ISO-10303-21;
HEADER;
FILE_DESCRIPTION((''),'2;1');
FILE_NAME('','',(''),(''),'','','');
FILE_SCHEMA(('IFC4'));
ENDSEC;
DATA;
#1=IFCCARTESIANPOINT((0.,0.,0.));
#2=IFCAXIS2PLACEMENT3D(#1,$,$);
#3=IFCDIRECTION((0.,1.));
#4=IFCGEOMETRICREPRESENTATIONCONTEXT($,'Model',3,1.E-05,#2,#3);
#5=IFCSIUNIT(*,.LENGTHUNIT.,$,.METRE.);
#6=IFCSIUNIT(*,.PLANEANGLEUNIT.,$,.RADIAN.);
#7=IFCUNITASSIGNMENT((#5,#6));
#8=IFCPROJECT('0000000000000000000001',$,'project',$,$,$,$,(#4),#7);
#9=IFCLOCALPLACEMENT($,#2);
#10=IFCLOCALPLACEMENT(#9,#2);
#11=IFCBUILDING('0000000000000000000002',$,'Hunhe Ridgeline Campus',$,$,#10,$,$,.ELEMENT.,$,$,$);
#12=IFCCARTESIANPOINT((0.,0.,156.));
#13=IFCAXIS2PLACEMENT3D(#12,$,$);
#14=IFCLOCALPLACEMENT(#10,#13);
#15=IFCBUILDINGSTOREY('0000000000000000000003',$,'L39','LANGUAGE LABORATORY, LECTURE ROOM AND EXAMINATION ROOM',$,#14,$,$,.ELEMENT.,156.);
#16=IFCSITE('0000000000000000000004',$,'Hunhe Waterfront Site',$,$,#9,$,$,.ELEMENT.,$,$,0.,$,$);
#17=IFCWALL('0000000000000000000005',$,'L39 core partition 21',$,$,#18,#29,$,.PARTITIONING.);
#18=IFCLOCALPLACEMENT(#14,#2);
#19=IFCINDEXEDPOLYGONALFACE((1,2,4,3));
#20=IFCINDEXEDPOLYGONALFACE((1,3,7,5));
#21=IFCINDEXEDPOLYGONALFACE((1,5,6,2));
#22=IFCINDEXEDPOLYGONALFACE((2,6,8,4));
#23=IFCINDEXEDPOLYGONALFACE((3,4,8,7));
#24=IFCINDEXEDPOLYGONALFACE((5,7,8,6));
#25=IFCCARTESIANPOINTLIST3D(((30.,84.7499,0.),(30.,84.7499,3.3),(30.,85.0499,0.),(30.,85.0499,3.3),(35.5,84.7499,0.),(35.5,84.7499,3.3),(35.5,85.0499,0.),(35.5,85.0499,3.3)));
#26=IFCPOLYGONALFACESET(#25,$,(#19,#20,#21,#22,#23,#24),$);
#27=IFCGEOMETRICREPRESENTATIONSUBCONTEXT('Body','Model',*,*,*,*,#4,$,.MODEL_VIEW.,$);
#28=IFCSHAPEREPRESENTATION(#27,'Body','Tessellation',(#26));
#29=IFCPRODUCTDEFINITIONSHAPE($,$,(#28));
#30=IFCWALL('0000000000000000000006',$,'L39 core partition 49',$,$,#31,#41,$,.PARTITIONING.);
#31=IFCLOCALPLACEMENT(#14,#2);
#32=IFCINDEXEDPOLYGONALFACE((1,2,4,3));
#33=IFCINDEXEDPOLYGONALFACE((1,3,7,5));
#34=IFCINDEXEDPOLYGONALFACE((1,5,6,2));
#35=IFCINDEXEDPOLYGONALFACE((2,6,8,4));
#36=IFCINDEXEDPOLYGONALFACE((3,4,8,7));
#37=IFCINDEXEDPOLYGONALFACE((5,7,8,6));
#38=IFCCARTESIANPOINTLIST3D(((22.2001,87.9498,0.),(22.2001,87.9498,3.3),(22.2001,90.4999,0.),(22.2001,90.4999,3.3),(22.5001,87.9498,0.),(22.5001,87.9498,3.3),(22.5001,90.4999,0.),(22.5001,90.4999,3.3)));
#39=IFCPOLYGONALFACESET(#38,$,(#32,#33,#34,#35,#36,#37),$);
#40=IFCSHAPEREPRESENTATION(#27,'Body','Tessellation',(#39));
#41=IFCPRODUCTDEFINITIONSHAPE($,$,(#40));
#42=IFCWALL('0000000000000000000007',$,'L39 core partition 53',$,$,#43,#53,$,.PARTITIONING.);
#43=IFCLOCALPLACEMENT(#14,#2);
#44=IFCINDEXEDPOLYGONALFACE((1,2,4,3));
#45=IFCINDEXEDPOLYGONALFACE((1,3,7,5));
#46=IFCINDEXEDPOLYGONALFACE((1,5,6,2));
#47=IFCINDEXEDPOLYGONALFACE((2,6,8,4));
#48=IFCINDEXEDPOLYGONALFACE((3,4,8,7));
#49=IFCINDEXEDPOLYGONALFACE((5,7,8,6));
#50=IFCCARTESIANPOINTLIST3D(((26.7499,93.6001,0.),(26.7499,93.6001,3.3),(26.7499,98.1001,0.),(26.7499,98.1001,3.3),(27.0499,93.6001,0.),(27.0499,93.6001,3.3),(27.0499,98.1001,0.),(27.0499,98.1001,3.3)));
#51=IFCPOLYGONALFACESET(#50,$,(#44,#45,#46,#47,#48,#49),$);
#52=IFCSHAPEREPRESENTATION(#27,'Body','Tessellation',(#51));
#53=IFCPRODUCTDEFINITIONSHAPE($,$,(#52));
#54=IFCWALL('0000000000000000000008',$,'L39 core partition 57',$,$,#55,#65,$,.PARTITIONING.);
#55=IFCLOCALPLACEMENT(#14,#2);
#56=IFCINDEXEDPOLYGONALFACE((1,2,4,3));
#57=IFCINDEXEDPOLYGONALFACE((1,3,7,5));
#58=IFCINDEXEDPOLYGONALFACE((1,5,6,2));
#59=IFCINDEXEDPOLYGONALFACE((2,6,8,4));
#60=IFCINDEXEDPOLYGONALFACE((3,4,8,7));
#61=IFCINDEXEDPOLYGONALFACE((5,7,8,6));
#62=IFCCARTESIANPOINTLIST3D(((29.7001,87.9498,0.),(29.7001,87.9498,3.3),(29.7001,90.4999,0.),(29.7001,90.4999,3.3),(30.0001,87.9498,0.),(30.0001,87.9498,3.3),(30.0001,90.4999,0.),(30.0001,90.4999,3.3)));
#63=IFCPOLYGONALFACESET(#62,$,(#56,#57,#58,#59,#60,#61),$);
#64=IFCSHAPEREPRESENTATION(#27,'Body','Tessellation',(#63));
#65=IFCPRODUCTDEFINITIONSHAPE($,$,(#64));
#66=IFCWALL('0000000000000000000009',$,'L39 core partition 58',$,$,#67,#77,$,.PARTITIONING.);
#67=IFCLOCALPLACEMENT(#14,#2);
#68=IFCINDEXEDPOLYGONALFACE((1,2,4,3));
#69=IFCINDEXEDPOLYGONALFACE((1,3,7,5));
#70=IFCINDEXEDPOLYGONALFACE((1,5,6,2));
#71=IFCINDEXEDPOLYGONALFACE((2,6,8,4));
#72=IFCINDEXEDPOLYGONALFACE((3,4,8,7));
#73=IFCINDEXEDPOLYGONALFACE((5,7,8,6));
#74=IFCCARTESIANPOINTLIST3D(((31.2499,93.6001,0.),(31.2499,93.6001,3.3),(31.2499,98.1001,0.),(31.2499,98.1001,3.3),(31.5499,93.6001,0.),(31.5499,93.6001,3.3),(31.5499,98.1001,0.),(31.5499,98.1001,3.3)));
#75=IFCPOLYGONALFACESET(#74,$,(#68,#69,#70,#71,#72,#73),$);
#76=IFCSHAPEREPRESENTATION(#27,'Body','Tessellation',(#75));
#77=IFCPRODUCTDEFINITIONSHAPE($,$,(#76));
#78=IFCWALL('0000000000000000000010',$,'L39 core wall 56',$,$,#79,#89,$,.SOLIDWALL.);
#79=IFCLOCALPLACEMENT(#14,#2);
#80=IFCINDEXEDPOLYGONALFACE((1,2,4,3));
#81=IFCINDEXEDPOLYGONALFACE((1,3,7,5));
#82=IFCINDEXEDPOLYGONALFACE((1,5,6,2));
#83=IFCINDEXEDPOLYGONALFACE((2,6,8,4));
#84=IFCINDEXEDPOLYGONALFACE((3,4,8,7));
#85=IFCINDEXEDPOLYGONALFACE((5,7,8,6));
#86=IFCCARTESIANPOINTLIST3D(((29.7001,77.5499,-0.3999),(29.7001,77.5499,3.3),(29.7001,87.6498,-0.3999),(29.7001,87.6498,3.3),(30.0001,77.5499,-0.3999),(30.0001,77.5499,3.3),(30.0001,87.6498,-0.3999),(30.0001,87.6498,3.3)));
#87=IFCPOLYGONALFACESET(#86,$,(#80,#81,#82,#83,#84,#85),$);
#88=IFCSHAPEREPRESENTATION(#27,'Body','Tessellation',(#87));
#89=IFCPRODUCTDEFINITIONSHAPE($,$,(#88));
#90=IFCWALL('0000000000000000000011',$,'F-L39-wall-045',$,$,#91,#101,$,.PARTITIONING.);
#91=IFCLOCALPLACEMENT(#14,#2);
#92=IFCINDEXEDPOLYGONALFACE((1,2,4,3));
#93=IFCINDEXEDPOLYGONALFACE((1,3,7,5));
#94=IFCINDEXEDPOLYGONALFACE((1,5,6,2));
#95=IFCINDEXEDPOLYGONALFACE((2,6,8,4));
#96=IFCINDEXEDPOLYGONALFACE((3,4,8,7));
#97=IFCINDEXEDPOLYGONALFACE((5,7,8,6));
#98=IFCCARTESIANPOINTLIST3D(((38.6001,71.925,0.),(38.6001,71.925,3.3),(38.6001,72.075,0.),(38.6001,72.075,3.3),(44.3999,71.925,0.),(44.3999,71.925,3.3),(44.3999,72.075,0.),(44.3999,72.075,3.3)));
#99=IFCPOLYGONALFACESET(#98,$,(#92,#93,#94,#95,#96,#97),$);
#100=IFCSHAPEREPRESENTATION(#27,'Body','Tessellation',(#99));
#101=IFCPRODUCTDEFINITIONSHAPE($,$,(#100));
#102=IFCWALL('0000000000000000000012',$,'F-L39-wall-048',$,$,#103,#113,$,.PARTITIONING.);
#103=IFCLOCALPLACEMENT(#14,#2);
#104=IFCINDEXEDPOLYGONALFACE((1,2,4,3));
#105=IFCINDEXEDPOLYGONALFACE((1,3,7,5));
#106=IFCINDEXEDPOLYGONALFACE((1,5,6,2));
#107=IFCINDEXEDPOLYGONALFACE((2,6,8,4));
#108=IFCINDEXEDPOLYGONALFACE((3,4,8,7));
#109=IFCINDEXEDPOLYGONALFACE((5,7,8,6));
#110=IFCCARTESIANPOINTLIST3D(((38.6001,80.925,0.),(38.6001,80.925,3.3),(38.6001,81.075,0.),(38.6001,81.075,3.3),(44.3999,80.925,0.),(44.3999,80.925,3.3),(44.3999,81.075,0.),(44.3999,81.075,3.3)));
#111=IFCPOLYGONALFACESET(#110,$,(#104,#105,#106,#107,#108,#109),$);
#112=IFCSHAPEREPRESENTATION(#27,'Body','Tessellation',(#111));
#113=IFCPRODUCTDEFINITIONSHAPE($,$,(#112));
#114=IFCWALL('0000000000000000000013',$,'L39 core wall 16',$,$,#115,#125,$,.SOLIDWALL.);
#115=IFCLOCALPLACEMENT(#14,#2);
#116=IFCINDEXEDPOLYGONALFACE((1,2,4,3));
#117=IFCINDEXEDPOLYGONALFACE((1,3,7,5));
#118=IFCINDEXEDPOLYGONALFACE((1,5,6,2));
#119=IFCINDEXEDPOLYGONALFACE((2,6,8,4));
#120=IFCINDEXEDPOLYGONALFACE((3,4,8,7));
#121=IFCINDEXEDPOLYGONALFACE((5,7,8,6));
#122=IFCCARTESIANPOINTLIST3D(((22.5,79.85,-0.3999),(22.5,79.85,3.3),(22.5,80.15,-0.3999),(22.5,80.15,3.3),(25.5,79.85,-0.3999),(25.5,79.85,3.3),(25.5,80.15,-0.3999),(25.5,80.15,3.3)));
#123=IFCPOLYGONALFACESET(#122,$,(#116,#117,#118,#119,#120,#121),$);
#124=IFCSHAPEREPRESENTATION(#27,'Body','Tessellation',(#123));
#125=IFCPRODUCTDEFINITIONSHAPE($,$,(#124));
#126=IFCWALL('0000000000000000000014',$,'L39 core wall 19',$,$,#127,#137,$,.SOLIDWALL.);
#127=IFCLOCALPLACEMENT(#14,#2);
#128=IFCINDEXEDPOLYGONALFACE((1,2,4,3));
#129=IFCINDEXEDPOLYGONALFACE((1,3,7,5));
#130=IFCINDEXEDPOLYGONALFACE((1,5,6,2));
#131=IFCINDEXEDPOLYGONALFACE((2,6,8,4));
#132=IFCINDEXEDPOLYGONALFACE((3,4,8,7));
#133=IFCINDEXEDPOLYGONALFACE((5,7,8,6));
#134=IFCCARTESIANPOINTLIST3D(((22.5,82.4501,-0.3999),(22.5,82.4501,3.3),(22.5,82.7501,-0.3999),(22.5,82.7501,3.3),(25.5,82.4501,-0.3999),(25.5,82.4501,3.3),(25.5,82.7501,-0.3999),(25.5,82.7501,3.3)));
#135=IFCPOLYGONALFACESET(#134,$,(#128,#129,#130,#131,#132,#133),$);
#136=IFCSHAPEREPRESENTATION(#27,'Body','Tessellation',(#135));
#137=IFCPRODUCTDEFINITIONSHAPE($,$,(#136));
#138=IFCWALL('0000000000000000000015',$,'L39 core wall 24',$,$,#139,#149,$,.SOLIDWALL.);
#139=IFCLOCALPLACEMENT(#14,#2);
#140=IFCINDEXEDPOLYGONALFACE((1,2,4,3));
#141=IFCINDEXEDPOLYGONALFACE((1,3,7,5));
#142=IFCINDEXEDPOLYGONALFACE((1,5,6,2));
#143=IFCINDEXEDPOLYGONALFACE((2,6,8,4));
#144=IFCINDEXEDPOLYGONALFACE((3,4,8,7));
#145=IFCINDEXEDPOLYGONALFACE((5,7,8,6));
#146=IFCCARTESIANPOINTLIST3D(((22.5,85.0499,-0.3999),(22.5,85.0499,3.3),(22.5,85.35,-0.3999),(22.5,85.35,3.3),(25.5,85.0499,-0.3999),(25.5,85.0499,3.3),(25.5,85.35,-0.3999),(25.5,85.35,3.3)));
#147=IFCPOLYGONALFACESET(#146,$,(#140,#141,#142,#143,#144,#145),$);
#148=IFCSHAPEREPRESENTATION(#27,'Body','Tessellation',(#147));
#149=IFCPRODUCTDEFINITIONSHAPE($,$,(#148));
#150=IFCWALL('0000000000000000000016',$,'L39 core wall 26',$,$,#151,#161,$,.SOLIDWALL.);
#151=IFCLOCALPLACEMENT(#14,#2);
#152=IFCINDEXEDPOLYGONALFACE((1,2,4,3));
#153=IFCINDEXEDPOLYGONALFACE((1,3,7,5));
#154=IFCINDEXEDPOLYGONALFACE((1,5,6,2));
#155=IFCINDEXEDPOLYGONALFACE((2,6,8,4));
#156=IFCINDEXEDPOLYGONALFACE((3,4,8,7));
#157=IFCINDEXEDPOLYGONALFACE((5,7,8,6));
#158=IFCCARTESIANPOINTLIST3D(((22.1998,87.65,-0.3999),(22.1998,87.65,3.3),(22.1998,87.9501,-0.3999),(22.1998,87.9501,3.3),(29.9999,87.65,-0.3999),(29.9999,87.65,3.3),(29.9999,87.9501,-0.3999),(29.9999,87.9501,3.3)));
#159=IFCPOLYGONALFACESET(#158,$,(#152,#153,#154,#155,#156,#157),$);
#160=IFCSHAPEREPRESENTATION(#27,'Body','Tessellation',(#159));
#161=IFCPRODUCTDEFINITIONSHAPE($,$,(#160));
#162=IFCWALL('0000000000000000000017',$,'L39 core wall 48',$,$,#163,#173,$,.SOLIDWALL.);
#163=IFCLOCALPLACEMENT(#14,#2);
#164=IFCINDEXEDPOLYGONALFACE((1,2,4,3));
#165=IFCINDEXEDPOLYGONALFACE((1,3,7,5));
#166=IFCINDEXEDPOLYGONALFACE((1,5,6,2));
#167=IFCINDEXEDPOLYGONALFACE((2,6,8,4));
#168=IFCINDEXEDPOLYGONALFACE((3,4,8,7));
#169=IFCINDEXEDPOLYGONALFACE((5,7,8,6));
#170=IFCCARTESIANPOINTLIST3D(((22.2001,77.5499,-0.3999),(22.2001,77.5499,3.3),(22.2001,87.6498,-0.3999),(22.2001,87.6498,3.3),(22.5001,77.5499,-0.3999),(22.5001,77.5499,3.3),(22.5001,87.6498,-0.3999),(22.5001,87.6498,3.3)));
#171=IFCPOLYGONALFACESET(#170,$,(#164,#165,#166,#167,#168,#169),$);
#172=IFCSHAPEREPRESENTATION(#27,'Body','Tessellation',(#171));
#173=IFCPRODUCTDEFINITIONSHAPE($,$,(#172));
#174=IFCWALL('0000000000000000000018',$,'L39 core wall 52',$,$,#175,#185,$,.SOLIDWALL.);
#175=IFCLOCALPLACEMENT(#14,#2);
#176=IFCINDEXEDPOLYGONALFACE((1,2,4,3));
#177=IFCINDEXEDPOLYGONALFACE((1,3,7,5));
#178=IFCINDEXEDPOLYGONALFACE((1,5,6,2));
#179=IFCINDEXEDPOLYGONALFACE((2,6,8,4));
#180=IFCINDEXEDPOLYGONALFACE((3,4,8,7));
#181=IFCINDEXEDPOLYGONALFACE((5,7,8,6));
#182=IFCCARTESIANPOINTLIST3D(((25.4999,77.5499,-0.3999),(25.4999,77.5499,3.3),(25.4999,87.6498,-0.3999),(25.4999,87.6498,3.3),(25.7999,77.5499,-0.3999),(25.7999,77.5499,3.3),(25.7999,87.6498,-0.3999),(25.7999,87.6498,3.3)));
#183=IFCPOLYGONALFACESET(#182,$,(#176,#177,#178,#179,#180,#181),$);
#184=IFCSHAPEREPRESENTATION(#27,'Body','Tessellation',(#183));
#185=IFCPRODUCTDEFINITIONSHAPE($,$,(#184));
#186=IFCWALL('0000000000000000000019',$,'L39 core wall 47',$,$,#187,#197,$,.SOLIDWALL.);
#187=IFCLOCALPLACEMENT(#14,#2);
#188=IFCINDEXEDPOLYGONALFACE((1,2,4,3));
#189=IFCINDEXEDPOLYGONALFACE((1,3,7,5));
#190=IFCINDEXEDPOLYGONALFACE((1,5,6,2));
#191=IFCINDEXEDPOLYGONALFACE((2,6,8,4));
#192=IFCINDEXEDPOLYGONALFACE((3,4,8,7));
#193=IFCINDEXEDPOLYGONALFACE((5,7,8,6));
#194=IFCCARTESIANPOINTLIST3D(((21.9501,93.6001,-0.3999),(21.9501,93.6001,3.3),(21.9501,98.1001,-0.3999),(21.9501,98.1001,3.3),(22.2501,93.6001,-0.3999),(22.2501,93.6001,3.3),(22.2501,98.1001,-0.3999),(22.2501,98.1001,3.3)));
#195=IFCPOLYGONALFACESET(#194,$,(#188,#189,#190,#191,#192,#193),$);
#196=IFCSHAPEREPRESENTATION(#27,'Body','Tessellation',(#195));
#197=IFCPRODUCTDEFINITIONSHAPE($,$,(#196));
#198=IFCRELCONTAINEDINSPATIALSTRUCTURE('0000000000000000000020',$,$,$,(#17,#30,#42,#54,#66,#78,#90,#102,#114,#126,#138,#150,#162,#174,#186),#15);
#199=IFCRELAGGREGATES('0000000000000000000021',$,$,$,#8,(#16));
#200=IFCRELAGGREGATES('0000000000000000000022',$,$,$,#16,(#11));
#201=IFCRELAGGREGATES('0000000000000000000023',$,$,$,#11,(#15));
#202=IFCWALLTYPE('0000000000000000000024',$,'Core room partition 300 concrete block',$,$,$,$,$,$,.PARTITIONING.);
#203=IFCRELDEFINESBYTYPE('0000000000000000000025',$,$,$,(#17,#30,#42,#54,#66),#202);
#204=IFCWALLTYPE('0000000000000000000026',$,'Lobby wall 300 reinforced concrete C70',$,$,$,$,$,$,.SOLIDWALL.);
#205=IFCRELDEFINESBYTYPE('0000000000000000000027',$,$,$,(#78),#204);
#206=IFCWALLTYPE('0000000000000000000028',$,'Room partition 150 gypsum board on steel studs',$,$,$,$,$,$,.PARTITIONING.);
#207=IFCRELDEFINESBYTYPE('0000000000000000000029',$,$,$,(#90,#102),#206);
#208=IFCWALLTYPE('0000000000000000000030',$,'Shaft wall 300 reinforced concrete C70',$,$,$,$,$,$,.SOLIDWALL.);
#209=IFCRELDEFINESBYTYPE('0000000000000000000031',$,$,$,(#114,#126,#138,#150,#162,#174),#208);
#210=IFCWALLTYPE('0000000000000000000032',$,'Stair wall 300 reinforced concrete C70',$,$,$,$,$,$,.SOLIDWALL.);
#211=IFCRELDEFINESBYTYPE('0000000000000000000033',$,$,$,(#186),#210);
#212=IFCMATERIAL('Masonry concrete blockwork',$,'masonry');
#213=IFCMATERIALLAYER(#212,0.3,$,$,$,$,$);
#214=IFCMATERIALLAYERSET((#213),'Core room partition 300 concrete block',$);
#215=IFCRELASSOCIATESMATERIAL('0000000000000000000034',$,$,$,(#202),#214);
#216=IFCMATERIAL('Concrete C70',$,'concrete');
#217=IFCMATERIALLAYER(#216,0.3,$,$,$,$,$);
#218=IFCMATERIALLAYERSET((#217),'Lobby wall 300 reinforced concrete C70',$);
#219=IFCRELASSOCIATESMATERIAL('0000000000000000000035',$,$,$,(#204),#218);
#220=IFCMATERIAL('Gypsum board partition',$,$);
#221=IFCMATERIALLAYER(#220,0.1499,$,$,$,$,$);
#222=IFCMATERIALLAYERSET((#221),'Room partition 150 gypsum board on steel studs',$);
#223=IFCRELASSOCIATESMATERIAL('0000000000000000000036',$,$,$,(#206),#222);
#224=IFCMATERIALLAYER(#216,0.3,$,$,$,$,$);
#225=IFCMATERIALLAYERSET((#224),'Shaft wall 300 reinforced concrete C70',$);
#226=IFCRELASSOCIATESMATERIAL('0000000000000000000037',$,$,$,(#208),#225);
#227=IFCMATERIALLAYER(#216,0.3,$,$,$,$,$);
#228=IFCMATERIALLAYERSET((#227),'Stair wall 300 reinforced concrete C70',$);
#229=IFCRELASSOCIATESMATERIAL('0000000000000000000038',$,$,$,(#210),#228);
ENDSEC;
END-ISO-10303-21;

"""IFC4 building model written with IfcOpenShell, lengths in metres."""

from ifc_helpers import new_model, si_unit, direction, frame, frame_2d, origin, place, context, subcontext, project, spatial, rectangle, extrude, material, layer, layer_set, type_object, element, save


model = new_model("IFC4")

# Units and contexts
model_context = context("Model", 3, precision=1e-05, world=origin(), true_north=direction((0.0, 1.0)))
body_context = subcontext(model_context, "Body", "Model", "MODEL_VIEW")
ifc_project = project(units=[si_unit("LENGTHUNIT", "METRE"), si_unit("PLANEANGLEUNIT", "RADIAN")], contexts=[model_context])

# Site, building, storey
site_placement = place(None, origin())
site = spatial("IfcSite", under=ifc_project, at=site_placement, Name="Hunhe Waterfront Site", CompositionType="ELEMENT", RefElevation=0.0)
building_placement = place(site_placement, origin())
building = spatial("IfcBuilding", under=site, at=building_placement, Name="Hunhe Ridgeline Campus", CompositionType="ELEMENT")
storey_placement = place(building_placement, frame((0.0, 0.0, 156.0)))
storey = spatial("IfcBuildingStorey", under=building, at=storey_placement, Name="L39", Description="LANGUAGE LABORATORY, LECTURE ROOM AND EXAMINATION ROOM", CompositionType="ELEMENT", Elevation=156.0)

# Shared definitions
ifc_material_1 = material(Name="Masonry concrete blockwork", Category="masonry")
ifc_layer_1 = layer(ifc_material_1, 0.3)
ifc_layer_set_1 = layer_set([ifc_layer_1], Name="Core room partition 300 concrete block")
wall_type_1 = type_object("IfcWallType", Name="Core room partition 300 concrete block", PredefinedType="PARTITIONING", material=ifc_layer_set_1)

# Walls
wall_1_placement = place(storey_placement, frame((30.0, 84.8999, 0.0), z_axis=(0.0, 0.0, 1.0), x_axis=(1.0, 0.0, 0.0)))
element("IfcWall", 1, at=wall_1_placement, inside=storey, type_object=wall_type_1, Name="L39 core partition 21", PredefinedType="PARTITIONING", context=body_context, shape_type="SweptSolid", body=[
    extrude(rectangle(XDim=5.5, YDim=0.3, at=frame_2d((2.75, 0.0))), origin(), (0.0, 0.0, 1.0), 3.3),
])
wall_2_placement = place(storey_placement, frame((22.3501, 87.95, 0.0), z_axis=(0.0, 0.0, 1.0), x_axis=(0.0, 1.0, 0.0)))
element("IfcWall", 2, at=wall_2_placement, inside=storey, type_object=wall_type_1, Name="L39 core partition 49", PredefinedType="PARTITIONING", context=body_context, shape_type="SweptSolid", body=[
    extrude(rectangle(XDim=2.55, YDim=0.3, at=frame_2d((1.2749, 0.0))), origin(), (0.0, 0.0, 1.0), 3.3),
])
wall_3_placement = place(storey_placement, frame((26.8999, 93.6001, 0.0), z_axis=(0.0, 0.0, 1.0), x_axis=(0.0, 1.0, 0.0)))
element("IfcWall", 3, at=wall_3_placement, inside=storey, type_object=wall_type_1, Name="L39 core partition 53", PredefinedType="PARTITIONING", context=body_context, shape_type="SweptSolid", body=[
    extrude(rectangle(XDim=4.5, YDim=0.3, at=frame_2d((2.25, 0.0))), origin(), (0.0, 0.0, 1.0), 3.3),
])
wall_4_placement = place(storey_placement, frame((29.8501, 87.95, 0.0), z_axis=(0.0, 0.0, 1.0), x_axis=(0.0, 1.0, 0.0)))
element("IfcWall", 4, at=wall_4_placement, inside=storey, type_object=wall_type_1, Name="L39 core partition 57", PredefinedType="PARTITIONING", context=body_context, shape_type="SweptSolid", body=[
    extrude(rectangle(XDim=2.55, YDim=0.3, at=frame_2d((1.2749, 0.0))), origin(), (0.0, 0.0, 1.0), 3.3),
])
wall_5_placement = place(storey_placement, frame((31.3999, 93.6001, 0.0), z_axis=(0.0, 0.0, 1.0), x_axis=(0.0, 1.0, 0.0)))
element("IfcWall", 5, at=wall_5_placement, inside=storey, type_object=wall_type_1, Name="L39 core partition 58", PredefinedType="PARTITIONING", context=body_context, shape_type="SweptSolid", body=[
    extrude(rectangle(XDim=4.5, YDim=0.3, at=frame_2d((2.25, 0.0))), origin(), (0.0, 0.0, 1.0), 3.3),
])

# Shared definitions
ifc_material_2 = material(Name="Gypsum board partition")

# Walls
ifc_material_3 = material(Name="Concrete C70", Category="concrete")
ifc_layer_2 = layer(ifc_material_3, 0.3)
ifc_layer_set_2 = layer_set([ifc_layer_2], Name="Lobby wall 300 reinforced concrete C70")
wall_type_2 = type_object("IfcWallType", Name="Lobby wall 300 reinforced concrete C70", PredefinedType="SOLIDWALL", material=ifc_layer_set_2)
wall_6_placement = place(storey_placement, frame((29.8501, 77.55, -0.3999), z_axis=(0.0, 0.0, 1.0), x_axis=(0.0, 1.0, 0.0)))
element("IfcWall", 6, at=wall_6_placement, inside=storey, type_object=wall_type_2, Name="L39 core wall 56", PredefinedType="SOLIDWALL", context=body_context, shape_type="SweptSolid", body=[
    extrude(rectangle(XDim=10.0999, YDim=0.3, at=frame_2d((5.0498, 0.0))), origin(), (0.0, 0.0, 1.0), 3.7),
])
ifc_layer_3 = layer(ifc_material_2, 0.1499)
ifc_layer_set_3 = layer_set([ifc_layer_3], Name="Room partition 150 gypsum board on steel studs")
wall_type_3 = type_object("IfcWallType", Name="Room partition 150 gypsum board on steel studs", PredefinedType="PARTITIONING", material=ifc_layer_set_3)
for number, where, z_axis, x_axis, name in (
    (7, (38.6001, 72.0, 0.0), (0.0, 0.0, 1.0), (1.0, 0.0, 0.0), "F-L39-wall-045"),
    (8, (38.6001, 81.0, 0.0), (0.0, 0.0, 1.0), (1.0, 0.0, 0.0), "F-L39-wall-048"),
):
    element("IfcWall", number, at=place(storey_placement, frame(where, z_axis=z_axis, x_axis=x_axis)), inside=storey, type_object=wall_type_3, Name=name, PredefinedType="PARTITIONING", context=body_context, shape_type="SweptSolid", body=[
        extrude(rectangle(XDim=5.7998, YDim=0.1499, at=frame_2d((2.8999, 0.0))), origin(), (0.0, 0.0, 1.0), 3.3),
    ])
ifc_layer_4 = layer(ifc_material_3, 0.3)
ifc_layer_set_4 = layer_set([ifc_layer_4], Name="Shaft wall 300 reinforced concrete C70")
wall_type_4 = type_object("IfcWallType", Name="Shaft wall 300 reinforced concrete C70", PredefinedType="SOLIDWALL", material=ifc_layer_set_4)
for number, where, z_axis, x_axis, name in (
    (9, (22.5, 80.0, -0.3999), (0.0, 0.0, 1.0), (1.0, 0.0, 0.0), "L39 core wall 16"),
    (10, (22.5, 82.6001, -0.3999), (0.0, 0.0, 1.0), (1.0, 0.0, 0.0), "L39 core wall 19"),
    (11, (22.5, 85.2, -0.3999), (0.0, 0.0, 1.0), (1.0, 0.0, 0.0), "L39 core wall 24"),
):
    element("IfcWall", number, at=place(storey_placement, frame(where, z_axis=z_axis, x_axis=x_axis)), inside=storey, type_object=wall_type_4, Name=name, PredefinedType="SOLIDWALL", context=body_context, shape_type="SweptSolid", body=[
        extrude(rectangle(XDim=3.0, YDim=0.3, at=frame_2d((1.5, 0.0))), origin(), (0.0, 0.0, 1.0), 3.7),
    ])
wall_7_placement = place(storey_placement, frame((22.2, 87.8, -0.3999), z_axis=(0.0, 0.0, 1.0), x_axis=(1.0, 0.0, 0.0)))
element("IfcWall", 12, at=wall_7_placement, inside=storey, type_object=wall_type_4, Name="L39 core wall 26", PredefinedType="SOLIDWALL", context=body_context, shape_type="SweptSolid", body=[
    extrude(rectangle(XDim=7.8, YDim=0.3, at=frame_2d((3.8999, 0.0))), origin(), (0.0, 0.0, 1.0), 3.7),
])
for number, where, z_axis, x_axis, name in (
    (13, (22.3501, 77.55, -0.3999), (0.0, 0.0, 1.0), (0.0, 1.0, 0.0), "L39 core wall 48"),
    (14, (25.6499, 77.55, -0.3999), (0.0, 0.0, 1.0), (0.0, 1.0, 0.0), "L39 core wall 52"),
):
    element("IfcWall", number, at=place(storey_placement, frame(where, z_axis=z_axis, x_axis=x_axis)), inside=storey, type_object=wall_type_4, Name=name, PredefinedType="SOLIDWALL", context=body_context, shape_type="SweptSolid", body=[
        extrude(rectangle(XDim=10.0999, YDim=0.3, at=frame_2d((5.0498, 0.0))), origin(), (0.0, 0.0, 1.0), 3.7),
    ])

# Shared definitions
ifc_layer_5 = layer(ifc_material_3, 0.3)
ifc_layer_set_5 = layer_set([ifc_layer_5], Name="Stair wall 300 reinforced concrete C70")
wall_type_5 = type_object("IfcWallType", Name="Stair wall 300 reinforced concrete C70", PredefinedType="SOLIDWALL", material=ifc_layer_set_5)

# Wall
wall_8_placement = place(storey_placement, frame((22.1001, 93.6001, -0.3999), z_axis=(0.0, 0.0, 1.0), x_axis=(0.0, 1.0, 0.0)))
element("IfcWall", 15, at=wall_8_placement, inside=storey, type_object=wall_type_5, Name="L39 core wall 47", PredefinedType="SOLIDWALL", context=body_context, shape_type="SweptSolid", body=[
    extrude(rectangle(XDim=4.5, YDim=0.3, at=frame_2d((2.25, 0.0))), origin(), (0.0, 0.0, 1.0), 3.7),
])

save(model, "model.ifc")
